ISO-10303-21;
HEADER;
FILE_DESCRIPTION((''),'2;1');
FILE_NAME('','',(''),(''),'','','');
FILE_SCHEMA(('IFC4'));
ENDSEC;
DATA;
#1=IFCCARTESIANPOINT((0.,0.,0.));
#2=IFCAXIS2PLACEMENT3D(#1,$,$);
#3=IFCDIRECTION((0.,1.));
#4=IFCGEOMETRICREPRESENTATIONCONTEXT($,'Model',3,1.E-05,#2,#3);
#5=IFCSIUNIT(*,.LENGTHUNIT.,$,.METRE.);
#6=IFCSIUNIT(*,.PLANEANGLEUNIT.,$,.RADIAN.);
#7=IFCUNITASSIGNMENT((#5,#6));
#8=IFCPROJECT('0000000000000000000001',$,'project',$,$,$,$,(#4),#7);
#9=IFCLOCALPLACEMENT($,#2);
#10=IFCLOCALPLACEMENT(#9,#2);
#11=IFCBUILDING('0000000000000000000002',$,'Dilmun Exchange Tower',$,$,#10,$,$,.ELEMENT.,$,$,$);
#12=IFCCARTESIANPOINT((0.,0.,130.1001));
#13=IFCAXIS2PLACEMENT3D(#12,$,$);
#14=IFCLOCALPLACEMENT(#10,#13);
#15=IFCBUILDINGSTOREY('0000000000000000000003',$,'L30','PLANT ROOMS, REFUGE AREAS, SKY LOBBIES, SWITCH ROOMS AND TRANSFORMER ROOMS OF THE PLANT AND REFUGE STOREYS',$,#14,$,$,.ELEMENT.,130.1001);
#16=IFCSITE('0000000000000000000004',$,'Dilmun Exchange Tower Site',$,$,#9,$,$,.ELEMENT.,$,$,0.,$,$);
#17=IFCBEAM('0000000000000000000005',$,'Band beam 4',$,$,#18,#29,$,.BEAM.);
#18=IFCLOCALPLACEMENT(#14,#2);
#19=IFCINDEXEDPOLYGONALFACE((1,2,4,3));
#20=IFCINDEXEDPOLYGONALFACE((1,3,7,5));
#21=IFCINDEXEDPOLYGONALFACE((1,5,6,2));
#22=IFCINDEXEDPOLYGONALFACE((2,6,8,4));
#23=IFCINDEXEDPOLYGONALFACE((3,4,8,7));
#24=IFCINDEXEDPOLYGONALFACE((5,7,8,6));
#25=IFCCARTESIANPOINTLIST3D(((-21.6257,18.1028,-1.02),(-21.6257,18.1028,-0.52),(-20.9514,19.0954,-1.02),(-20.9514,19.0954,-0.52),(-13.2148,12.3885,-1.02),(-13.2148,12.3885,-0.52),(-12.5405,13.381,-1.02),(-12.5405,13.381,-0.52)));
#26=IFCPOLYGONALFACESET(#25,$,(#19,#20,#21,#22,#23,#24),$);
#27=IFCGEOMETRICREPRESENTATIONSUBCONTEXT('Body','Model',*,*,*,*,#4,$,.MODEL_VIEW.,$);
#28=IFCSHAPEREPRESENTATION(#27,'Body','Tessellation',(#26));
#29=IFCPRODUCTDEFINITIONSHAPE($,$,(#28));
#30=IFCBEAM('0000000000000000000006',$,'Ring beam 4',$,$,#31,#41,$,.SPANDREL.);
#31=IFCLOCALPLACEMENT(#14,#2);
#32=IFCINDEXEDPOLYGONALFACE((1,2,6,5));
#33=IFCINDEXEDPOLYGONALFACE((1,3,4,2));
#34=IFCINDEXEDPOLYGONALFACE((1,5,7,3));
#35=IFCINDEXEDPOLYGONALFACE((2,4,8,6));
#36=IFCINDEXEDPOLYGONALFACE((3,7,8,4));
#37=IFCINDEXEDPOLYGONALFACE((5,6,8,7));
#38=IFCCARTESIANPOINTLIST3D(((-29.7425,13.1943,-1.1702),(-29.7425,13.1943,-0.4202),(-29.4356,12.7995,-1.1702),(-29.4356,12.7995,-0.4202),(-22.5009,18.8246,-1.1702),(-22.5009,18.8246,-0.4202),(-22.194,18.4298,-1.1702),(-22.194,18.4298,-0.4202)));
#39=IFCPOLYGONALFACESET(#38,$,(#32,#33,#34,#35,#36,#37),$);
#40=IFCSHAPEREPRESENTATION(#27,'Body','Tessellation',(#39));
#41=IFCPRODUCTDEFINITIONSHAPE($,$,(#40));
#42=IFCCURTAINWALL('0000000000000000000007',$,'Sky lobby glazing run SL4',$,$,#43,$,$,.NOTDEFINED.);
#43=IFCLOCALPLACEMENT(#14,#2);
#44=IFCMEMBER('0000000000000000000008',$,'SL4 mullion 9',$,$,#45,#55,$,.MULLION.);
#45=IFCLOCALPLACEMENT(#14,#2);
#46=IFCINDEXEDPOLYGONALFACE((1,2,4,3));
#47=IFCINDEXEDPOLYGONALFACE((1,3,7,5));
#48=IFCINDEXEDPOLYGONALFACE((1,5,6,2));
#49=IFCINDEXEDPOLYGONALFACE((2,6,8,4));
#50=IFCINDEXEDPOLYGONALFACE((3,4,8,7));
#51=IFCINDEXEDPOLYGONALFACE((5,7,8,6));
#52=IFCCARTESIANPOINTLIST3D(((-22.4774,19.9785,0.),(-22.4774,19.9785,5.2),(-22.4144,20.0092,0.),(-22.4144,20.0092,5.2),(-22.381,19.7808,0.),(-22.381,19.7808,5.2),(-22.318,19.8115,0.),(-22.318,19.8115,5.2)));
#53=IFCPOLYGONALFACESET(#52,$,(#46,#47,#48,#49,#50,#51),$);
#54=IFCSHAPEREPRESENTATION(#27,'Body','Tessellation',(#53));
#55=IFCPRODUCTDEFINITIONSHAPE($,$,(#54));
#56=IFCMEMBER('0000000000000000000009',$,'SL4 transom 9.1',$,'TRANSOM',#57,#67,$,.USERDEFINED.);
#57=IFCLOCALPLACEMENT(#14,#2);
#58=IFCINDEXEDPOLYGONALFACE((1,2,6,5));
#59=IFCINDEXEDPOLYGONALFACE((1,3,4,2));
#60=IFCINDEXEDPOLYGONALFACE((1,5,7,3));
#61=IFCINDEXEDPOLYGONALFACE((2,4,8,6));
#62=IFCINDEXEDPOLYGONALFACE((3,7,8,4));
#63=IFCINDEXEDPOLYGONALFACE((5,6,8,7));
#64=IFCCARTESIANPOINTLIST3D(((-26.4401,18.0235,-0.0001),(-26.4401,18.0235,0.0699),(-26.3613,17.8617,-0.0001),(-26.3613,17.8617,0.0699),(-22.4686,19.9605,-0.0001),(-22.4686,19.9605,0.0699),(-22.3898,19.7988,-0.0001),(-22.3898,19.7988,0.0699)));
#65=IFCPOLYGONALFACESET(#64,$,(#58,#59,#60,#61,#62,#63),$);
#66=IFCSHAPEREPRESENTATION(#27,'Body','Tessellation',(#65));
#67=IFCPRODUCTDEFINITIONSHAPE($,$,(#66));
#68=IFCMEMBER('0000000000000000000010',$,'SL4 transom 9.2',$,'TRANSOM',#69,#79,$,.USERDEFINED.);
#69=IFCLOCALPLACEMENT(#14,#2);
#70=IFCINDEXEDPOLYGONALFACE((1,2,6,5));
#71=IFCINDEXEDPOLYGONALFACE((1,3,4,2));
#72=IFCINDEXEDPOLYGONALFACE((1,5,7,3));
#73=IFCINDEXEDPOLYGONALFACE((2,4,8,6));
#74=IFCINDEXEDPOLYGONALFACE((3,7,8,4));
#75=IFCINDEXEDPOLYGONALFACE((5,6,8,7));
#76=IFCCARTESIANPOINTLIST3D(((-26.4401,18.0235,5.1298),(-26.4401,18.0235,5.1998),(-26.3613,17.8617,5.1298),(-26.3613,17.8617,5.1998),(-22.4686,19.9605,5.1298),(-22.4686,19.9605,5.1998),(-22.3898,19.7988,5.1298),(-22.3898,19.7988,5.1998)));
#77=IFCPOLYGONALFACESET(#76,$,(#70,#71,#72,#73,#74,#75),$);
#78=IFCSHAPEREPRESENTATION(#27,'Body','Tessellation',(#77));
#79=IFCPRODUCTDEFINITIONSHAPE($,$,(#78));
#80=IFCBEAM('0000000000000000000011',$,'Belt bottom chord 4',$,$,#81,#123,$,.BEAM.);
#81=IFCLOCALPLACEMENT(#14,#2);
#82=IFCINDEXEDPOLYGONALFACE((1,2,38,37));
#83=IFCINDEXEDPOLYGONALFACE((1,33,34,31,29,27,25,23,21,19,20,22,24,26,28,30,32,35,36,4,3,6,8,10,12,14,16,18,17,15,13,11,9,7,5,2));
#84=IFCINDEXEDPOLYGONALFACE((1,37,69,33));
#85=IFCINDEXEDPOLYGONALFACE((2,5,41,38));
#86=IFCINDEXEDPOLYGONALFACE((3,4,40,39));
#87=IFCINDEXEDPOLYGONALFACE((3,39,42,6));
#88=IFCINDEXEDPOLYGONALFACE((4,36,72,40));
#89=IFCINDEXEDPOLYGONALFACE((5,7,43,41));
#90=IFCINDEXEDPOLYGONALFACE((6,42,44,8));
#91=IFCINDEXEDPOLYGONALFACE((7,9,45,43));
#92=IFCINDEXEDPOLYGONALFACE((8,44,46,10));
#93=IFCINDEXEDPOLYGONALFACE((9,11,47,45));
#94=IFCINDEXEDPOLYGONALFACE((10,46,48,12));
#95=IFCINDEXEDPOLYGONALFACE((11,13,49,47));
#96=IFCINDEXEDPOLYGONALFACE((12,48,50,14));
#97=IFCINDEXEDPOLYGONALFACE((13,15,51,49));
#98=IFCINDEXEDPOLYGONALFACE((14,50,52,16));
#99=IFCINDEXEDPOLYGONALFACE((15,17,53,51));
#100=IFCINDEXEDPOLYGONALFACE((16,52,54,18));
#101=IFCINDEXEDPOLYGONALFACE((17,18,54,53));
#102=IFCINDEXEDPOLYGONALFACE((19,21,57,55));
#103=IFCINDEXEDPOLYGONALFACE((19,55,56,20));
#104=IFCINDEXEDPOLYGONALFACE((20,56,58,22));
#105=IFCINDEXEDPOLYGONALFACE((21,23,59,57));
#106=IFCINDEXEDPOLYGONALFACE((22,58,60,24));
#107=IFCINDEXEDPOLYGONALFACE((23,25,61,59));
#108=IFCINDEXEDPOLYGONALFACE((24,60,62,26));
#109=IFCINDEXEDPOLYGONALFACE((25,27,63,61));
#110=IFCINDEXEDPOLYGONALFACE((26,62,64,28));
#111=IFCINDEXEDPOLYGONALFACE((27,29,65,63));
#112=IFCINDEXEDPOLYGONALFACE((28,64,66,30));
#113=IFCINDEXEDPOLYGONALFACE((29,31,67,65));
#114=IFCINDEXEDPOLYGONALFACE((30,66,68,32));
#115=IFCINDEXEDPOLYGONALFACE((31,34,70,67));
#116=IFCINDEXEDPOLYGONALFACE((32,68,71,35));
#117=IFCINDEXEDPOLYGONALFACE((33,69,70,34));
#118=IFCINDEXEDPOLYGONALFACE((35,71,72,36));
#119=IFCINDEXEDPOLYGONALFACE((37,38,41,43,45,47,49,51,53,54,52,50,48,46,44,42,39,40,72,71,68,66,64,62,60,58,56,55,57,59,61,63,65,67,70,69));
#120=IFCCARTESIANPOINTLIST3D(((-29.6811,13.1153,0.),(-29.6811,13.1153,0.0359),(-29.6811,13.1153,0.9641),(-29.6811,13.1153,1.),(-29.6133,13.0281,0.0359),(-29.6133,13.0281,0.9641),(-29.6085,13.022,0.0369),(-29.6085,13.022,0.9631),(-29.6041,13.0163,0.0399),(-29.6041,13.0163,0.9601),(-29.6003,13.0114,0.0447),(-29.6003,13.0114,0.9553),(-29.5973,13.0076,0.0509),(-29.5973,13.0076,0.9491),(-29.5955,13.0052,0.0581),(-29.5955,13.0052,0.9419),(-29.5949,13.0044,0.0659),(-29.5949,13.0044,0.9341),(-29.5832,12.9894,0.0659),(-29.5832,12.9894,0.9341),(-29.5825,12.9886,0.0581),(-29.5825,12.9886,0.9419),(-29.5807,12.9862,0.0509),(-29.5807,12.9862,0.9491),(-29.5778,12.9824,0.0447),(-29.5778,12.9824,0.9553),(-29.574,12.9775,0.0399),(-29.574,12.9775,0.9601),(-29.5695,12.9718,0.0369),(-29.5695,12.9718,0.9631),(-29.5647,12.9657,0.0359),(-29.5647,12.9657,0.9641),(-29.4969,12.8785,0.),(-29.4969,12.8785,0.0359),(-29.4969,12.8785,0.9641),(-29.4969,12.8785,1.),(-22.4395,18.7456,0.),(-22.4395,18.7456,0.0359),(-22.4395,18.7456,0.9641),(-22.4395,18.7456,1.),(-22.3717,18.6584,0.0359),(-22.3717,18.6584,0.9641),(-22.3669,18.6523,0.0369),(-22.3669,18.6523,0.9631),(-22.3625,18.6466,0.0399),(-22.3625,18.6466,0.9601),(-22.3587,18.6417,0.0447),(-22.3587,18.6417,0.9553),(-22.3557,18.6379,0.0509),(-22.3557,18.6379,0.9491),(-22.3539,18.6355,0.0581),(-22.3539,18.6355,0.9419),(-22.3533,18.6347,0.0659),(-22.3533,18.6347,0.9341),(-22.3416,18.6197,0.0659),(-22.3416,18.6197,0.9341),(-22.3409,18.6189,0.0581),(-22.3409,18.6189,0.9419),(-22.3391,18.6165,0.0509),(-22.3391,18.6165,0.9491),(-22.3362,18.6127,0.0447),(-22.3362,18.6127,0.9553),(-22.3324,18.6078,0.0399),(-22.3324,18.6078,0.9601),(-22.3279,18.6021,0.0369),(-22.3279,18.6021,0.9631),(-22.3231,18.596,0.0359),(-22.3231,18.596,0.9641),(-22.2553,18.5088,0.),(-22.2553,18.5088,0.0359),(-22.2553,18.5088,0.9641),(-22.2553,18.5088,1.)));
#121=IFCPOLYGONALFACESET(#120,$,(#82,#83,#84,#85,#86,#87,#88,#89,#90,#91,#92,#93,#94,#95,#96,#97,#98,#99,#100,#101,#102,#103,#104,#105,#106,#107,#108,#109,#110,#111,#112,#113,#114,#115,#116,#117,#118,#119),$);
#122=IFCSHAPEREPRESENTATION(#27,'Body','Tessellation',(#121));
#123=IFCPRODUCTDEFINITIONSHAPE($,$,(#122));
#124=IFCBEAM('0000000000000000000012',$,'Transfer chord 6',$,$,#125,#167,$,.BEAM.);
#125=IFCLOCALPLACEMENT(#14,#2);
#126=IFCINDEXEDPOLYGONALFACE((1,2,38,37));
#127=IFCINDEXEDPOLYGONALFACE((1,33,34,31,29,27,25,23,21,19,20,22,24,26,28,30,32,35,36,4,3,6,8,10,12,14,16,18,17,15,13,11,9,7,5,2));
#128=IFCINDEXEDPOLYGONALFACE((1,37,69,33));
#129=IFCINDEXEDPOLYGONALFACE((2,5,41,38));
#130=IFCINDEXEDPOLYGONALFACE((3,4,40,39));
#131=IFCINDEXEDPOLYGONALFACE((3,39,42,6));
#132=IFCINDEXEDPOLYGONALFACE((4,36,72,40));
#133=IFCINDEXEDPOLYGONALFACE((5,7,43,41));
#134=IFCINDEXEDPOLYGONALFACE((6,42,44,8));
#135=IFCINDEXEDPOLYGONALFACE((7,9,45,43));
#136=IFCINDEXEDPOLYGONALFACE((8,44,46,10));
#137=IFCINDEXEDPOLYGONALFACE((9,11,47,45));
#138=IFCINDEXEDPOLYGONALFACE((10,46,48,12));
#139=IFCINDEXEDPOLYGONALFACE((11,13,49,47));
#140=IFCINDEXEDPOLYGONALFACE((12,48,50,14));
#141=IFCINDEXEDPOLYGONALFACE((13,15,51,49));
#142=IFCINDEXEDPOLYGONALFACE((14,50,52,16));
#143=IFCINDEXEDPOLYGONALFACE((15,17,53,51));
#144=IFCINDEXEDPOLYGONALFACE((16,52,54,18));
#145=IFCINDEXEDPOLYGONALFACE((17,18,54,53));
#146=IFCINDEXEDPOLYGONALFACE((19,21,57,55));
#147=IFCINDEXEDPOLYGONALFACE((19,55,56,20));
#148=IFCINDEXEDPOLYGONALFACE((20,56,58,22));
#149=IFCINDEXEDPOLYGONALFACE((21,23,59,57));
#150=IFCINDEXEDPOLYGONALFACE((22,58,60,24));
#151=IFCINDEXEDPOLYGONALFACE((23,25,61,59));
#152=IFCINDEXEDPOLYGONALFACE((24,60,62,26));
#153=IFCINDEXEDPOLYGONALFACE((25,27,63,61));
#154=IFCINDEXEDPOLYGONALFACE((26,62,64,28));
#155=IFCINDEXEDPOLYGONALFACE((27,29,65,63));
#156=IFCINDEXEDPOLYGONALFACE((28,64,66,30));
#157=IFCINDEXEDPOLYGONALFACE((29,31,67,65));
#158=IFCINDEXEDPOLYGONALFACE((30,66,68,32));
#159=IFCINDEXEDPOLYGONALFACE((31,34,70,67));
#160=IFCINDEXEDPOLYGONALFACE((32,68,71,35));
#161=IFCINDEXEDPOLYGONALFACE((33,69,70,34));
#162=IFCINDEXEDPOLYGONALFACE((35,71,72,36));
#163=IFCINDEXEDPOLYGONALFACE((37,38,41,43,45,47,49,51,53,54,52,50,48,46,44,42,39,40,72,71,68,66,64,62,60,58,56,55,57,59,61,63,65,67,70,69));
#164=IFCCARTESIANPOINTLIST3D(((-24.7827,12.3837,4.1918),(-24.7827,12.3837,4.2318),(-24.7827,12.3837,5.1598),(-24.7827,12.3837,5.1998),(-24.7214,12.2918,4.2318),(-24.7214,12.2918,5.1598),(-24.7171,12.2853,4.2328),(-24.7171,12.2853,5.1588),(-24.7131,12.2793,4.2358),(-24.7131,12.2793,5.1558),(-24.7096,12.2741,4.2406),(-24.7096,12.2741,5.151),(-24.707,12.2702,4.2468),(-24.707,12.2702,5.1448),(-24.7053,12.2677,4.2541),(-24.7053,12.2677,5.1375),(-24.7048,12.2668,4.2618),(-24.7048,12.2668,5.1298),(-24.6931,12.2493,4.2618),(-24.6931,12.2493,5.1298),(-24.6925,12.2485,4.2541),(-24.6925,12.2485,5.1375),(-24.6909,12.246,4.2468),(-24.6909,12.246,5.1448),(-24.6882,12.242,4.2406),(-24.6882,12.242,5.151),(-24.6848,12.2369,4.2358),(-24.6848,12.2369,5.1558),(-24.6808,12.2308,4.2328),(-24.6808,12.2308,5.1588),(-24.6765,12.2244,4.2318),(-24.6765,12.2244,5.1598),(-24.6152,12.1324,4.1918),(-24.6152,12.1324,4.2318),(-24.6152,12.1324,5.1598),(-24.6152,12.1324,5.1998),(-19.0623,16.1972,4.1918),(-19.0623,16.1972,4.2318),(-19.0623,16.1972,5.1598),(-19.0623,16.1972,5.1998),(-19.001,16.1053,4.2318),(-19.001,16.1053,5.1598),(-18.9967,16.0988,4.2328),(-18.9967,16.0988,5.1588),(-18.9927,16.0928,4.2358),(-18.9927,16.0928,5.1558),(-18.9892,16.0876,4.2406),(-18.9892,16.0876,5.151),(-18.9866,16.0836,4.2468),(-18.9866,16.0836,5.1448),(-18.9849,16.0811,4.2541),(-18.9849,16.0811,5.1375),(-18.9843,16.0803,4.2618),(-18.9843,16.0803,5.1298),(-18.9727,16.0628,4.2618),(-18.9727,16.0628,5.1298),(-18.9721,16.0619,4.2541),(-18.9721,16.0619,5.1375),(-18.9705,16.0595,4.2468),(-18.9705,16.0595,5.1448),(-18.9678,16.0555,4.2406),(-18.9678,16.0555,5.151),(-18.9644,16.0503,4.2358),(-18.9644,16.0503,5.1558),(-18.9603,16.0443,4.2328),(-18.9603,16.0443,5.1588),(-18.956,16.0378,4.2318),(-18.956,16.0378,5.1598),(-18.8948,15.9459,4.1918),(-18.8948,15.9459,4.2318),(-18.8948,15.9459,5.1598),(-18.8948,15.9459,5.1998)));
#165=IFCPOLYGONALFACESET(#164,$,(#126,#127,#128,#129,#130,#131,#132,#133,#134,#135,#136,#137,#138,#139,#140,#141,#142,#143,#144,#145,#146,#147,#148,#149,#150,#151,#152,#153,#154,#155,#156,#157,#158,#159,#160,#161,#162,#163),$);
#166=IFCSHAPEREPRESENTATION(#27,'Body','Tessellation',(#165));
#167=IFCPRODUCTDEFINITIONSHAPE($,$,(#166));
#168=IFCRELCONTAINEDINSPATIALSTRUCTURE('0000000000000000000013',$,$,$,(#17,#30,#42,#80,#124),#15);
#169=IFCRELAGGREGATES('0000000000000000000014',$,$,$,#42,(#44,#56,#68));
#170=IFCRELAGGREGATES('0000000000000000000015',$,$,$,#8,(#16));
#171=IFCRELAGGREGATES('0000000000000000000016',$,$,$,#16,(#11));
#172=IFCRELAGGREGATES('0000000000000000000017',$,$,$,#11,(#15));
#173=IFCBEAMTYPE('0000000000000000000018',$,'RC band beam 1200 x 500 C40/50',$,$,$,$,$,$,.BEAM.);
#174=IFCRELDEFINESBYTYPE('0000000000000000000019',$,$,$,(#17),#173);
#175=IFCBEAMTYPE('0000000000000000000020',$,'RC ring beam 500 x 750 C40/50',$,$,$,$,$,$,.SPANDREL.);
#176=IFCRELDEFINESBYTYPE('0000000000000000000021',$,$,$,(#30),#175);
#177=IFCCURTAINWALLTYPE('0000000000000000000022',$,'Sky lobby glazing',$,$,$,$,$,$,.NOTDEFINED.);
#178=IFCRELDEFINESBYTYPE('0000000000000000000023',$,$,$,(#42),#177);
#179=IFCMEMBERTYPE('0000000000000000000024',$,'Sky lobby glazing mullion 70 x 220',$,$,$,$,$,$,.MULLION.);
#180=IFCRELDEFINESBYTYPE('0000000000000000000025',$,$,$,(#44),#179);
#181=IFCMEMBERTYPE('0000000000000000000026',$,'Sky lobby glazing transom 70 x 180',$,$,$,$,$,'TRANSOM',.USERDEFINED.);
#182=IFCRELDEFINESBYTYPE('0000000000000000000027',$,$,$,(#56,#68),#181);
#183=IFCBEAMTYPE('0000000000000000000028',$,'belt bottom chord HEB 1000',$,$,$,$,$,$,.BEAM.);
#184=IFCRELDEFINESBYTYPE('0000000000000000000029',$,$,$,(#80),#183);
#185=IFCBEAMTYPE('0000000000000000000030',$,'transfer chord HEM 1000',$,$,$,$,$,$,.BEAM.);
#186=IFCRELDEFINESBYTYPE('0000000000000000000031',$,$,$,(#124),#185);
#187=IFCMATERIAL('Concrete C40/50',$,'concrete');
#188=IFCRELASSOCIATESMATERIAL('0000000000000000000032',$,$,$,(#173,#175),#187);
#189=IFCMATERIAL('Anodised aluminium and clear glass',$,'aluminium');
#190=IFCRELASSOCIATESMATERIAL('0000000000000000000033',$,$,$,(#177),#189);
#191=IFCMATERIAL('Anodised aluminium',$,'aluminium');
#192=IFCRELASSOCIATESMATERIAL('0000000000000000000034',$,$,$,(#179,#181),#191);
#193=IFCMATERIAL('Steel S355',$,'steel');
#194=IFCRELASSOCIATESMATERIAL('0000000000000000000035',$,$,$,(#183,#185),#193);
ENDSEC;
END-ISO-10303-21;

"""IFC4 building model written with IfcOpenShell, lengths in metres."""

from ifc_helpers import new_model, si_unit, direction, frame, origin, origin_2d, place, context, subcontext, project, spatial, rectangle, i_section, extrude, material, material_profile, profile_set, type_object, element, aggregate, save


model = new_model("IFC4")

# Units and contexts
model_context = context("Model", 3, precision=1e-05, world=origin(), true_north=direction((0.0, 1.0)))
body_context = subcontext(model_context, "Body", "Model", "MODEL_VIEW")
ifc_project = project(units=[si_unit("LENGTHUNIT", "METRE"), si_unit("PLANEANGLEUNIT", "RADIAN")], contexts=[model_context])

# Site, building, storey
site_placement = place(None, origin())
site = spatial("IfcSite", under=ifc_project, at=site_placement, Name="Dilmun Exchange Tower Site", CompositionType="ELEMENT", RefElevation=0.0)
building_placement = place(site_placement, origin())
building = spatial("IfcBuilding", under=site, at=building_placement, Name="Dilmun Exchange Tower", CompositionType="ELEMENT")
storey_placement = place(building_placement, frame((0.0, 0.0, 130.1001)))
storey = spatial("IfcBuildingStorey", under=building, at=storey_placement, Name="L30", Description="PLANT ROOMS, REFUGE AREAS, SKY LOBBIES, SWITCH ROOMS AND TRANSFORMER ROOMS OF THE PLANT AND REFUGE STOREYS", CompositionType="ELEMENT", Elevation=130.1001)

# Beams
ifc_material_1 = material(Name="Concrete C40/50", Category="concrete")
ifc_material_profile_1 = material_profile(ifc_material_1, rectangle(XDim=1.2, YDim=0.5, at=origin_2d()), Name="1200 x 500")
ifc_profile_set_1 = profile_set([ifc_material_profile_1], Name="Concrete C40/50")
beam_type_1 = type_object("IfcBeamType", Name="RC band beam 1200 x 500 C40/50", PredefinedType="BEAM", material=ifc_profile_set_1)
beam_1_placement = place(storey_placement, frame((-21.2886, 18.5991, -0.77), z_axis=(0.827157, -0.56197, 0.0), x_axis=(0.56197, 0.827157, 0.0)))
element("IfcBeam", 1, at=beam_1_placement, inside=storey, type_object=beam_type_1, Name="Band beam 4", PredefinedType="BEAM", context=body_context, shape_type="SweptSolid", body=[
    extrude(rectangle(XDim=1.2, YDim=0.5, at=origin_2d()), origin(), (0.0, 0.0, 1.0), 10.1685),
])
ifc_material_profile_2 = material_profile(ifc_material_1, rectangle(XDim=0.5, YDim=0.75, at=origin_2d()), Name="500 x 750")
ifc_profile_set_2 = profile_set([ifc_material_profile_2], Name="Concrete C40/50")
beam_type_2 = type_object("IfcBeamType", Name="RC ring beam 500 x 750 C40/50", PredefinedType="SPANDREL", material=ifc_profile_set_2)
beam_2_placement = place(storey_placement, frame((-22.3474, 18.6272, -0.7952), z_axis=(-0.789461, -0.613801, 0.0), x_axis=(0.613801, -0.789461, 0.0)))
element("IfcBeam", 2, at=beam_2_placement, inside=storey, type_object=beam_type_2, Name="Ring beam 4", PredefinedType="SPANDREL", context=body_context, shape_type="SweptSolid", body=[
    extrude(rectangle(XDim=0.5, YDim=0.75, at=origin_2d()), origin(), (0.0, 0.0, 1.0), 9.1729),
])

# Curtain wall, members
ifc_material_2 = material(Name="Anodised aluminium and clear glass", Category="aluminium")
curtain_wall_type = type_object("IfcCurtainWallType", Name="Sky lobby glazing", PredefinedType="NOTDEFINED", material=ifc_material_2)
curtain_wall_placement = place(storey_placement, origin())
curtain_wall = element("IfcCurtainWall", 3, at=curtain_wall_placement, inside=storey, type_object=curtain_wall_type, Name="Sky lobby glazing run SL4", PredefinedType="NOTDEFINED")
ifc_material_3 = material(Name="Anodised aluminium", Category="aluminium")
ifc_material_profile_3 = material_profile(ifc_material_3, rectangle(XDim=0.22, YDim=0.0701, at=origin_2d()), Name="AL 70x220")
ifc_profile_set_3 = profile_set([ifc_material_profile_3], Name="Anodised aluminium")
member_type_1 = type_object("IfcMemberType", Name="Sky lobby glazing mullion 70 x 220", PredefinedType="MULLION", material=ifc_profile_set_3)
member_1_placement = place(storey_placement, frame((-22.3977, 19.895, 0.0), z_axis=(0.0, 0.0, 1.0), x_axis=(0.438371, -0.898794, 0.0)))
member_1 = element("IfcMember", 4, at=member_1_placement, type_object=member_type_1, Name="SL4 mullion 9", PredefinedType="MULLION", context=body_context, shape_type="SweptSolid", body=[
    extrude(rectangle(XDim=0.22, YDim=0.0701, at=origin_2d()), origin(), (0.0, 0.0, 1.0), 5.2),
])
ifc_material_profile_4 = material_profile(ifc_material_3, rectangle(XDim=0.1799, YDim=0.0701, at=origin_2d()), Name="AL 70x180")
ifc_profile_set_4 = profile_set([ifc_material_profile_4], Name="Anodised aluminium")
member_type_2 = type_object("IfcMemberType", Name="Sky lobby glazing transom 70 x 180", ElementType="TRANSOM", PredefinedType="USERDEFINED", material=ifc_profile_set_4)
member_2_placement = place(storey_placement, frame((-22.4292, 19.8796, 0.0349), z_axis=(-0.898793, -0.438374, 0.0), x_axis=(0.438374, -0.898793, 0.0)))
member_2 = element("IfcMember", 5, at=member_2_placement, type_object=member_type_2, Name="SL4 transom 9.1", ObjectType="TRANSOM", PredefinedType="USERDEFINED", context=body_context, shape_type="SweptSolid", body=[
    extrude(rectangle(XDim=0.1799, YDim=0.0701, at=origin_2d()), origin(), (0.0, 0.0, 1.0), 4.4187),
])
member_3_placement = place(storey_placement, frame((-22.4292, 19.8796, 5.1648), z_axis=(-0.898793, -0.438374, 0.0), x_axis=(0.438374, -0.898793, 0.0)))
member_3 = element("IfcMember", 6, at=member_3_placement, type_object=member_type_2, Name="SL4 transom 9.2", ObjectType="TRANSOM", PredefinedType="USERDEFINED", context=body_context, shape_type="SweptSolid", body=[
    extrude(rectangle(XDim=0.1799, YDim=0.0701, at=origin_2d()), origin(), (0.0, 0.0, 1.0), 4.4187),
])

# Beams
ifc_material_4 = material(Name="Steel S355", Category="steel")
ifc_material_profile_5 = material_profile(ifc_material_4, i_section(OverallWidth=0.3, OverallDepth=1.0, WebThickness=0.019, FlangeThickness=0.0359, FilletRadius=0.03, at=origin_2d()), Name="HEB 1000")
ifc_profile_set_5 = profile_set([ifc_material_profile_5], Name="Steel S355")
beam_type_3 = type_object("IfcBeamType", Name="belt bottom chord HEB 1000", PredefinedType="BEAM", material=ifc_profile_set_5)
beam_3_placement = place(storey_placement, frame((-22.3474, 18.6272, 0.5), z_axis=(-0.789461, -0.613801, 0.0), x_axis=(0.613801, -0.789461, 0.0)))
element("IfcBeam", 7, at=beam_3_placement, inside=storey, type_object=beam_type_3, Name="Belt bottom chord 4", PredefinedType="BEAM", context=body_context, shape_type="SweptSolid", body=[
    extrude(i_section(OverallWidth=0.3, OverallDepth=1.0, WebThickness=0.019, FlangeThickness=0.0359, FilletRadius=0.03, at=origin_2d()), origin(), (0.0, 0.0, 1.0), 9.1729),
])
ifc_material_profile_6 = material_profile(ifc_material_4, i_section(OverallWidth=0.302, OverallDepth=1.0081, WebThickness=0.021, FlangeThickness=0.04, FilletRadius=0.03, at=origin_2d()), Name="HEM 1000")
ifc_profile_set_6 = profile_set([ifc_material_profile_6], Name="Steel S355")
beam_type_4 = type_object("IfcBeamType", Name="transfer chord HEM 1000", PredefinedType="BEAM", material=ifc_profile_set_6)
beam_4_placement = place(storey_placement, frame((-18.9785, 16.0715, 4.6958), z_axis=(-0.832061, -0.554684, 0.0), x_axis=(0.554684, -0.832061, 0.0)))
element("IfcBeam", 8, at=beam_4_placement, inside=storey, type_object=beam_type_4, Name="Transfer chord 6", PredefinedType="BEAM", context=body_context, shape_type="SweptSolid", body=[
    extrude(i_section(OverallWidth=0.302, OverallDepth=1.0081, WebThickness=0.021, FlangeThickness=0.04, FilletRadius=0.03, at=origin_2d()), origin(), (0.0, 0.0, 1.0), 6.875),
])

aggregate(curtain_wall, [member_1, member_2, member_3])

save(model, "model.ifc")
